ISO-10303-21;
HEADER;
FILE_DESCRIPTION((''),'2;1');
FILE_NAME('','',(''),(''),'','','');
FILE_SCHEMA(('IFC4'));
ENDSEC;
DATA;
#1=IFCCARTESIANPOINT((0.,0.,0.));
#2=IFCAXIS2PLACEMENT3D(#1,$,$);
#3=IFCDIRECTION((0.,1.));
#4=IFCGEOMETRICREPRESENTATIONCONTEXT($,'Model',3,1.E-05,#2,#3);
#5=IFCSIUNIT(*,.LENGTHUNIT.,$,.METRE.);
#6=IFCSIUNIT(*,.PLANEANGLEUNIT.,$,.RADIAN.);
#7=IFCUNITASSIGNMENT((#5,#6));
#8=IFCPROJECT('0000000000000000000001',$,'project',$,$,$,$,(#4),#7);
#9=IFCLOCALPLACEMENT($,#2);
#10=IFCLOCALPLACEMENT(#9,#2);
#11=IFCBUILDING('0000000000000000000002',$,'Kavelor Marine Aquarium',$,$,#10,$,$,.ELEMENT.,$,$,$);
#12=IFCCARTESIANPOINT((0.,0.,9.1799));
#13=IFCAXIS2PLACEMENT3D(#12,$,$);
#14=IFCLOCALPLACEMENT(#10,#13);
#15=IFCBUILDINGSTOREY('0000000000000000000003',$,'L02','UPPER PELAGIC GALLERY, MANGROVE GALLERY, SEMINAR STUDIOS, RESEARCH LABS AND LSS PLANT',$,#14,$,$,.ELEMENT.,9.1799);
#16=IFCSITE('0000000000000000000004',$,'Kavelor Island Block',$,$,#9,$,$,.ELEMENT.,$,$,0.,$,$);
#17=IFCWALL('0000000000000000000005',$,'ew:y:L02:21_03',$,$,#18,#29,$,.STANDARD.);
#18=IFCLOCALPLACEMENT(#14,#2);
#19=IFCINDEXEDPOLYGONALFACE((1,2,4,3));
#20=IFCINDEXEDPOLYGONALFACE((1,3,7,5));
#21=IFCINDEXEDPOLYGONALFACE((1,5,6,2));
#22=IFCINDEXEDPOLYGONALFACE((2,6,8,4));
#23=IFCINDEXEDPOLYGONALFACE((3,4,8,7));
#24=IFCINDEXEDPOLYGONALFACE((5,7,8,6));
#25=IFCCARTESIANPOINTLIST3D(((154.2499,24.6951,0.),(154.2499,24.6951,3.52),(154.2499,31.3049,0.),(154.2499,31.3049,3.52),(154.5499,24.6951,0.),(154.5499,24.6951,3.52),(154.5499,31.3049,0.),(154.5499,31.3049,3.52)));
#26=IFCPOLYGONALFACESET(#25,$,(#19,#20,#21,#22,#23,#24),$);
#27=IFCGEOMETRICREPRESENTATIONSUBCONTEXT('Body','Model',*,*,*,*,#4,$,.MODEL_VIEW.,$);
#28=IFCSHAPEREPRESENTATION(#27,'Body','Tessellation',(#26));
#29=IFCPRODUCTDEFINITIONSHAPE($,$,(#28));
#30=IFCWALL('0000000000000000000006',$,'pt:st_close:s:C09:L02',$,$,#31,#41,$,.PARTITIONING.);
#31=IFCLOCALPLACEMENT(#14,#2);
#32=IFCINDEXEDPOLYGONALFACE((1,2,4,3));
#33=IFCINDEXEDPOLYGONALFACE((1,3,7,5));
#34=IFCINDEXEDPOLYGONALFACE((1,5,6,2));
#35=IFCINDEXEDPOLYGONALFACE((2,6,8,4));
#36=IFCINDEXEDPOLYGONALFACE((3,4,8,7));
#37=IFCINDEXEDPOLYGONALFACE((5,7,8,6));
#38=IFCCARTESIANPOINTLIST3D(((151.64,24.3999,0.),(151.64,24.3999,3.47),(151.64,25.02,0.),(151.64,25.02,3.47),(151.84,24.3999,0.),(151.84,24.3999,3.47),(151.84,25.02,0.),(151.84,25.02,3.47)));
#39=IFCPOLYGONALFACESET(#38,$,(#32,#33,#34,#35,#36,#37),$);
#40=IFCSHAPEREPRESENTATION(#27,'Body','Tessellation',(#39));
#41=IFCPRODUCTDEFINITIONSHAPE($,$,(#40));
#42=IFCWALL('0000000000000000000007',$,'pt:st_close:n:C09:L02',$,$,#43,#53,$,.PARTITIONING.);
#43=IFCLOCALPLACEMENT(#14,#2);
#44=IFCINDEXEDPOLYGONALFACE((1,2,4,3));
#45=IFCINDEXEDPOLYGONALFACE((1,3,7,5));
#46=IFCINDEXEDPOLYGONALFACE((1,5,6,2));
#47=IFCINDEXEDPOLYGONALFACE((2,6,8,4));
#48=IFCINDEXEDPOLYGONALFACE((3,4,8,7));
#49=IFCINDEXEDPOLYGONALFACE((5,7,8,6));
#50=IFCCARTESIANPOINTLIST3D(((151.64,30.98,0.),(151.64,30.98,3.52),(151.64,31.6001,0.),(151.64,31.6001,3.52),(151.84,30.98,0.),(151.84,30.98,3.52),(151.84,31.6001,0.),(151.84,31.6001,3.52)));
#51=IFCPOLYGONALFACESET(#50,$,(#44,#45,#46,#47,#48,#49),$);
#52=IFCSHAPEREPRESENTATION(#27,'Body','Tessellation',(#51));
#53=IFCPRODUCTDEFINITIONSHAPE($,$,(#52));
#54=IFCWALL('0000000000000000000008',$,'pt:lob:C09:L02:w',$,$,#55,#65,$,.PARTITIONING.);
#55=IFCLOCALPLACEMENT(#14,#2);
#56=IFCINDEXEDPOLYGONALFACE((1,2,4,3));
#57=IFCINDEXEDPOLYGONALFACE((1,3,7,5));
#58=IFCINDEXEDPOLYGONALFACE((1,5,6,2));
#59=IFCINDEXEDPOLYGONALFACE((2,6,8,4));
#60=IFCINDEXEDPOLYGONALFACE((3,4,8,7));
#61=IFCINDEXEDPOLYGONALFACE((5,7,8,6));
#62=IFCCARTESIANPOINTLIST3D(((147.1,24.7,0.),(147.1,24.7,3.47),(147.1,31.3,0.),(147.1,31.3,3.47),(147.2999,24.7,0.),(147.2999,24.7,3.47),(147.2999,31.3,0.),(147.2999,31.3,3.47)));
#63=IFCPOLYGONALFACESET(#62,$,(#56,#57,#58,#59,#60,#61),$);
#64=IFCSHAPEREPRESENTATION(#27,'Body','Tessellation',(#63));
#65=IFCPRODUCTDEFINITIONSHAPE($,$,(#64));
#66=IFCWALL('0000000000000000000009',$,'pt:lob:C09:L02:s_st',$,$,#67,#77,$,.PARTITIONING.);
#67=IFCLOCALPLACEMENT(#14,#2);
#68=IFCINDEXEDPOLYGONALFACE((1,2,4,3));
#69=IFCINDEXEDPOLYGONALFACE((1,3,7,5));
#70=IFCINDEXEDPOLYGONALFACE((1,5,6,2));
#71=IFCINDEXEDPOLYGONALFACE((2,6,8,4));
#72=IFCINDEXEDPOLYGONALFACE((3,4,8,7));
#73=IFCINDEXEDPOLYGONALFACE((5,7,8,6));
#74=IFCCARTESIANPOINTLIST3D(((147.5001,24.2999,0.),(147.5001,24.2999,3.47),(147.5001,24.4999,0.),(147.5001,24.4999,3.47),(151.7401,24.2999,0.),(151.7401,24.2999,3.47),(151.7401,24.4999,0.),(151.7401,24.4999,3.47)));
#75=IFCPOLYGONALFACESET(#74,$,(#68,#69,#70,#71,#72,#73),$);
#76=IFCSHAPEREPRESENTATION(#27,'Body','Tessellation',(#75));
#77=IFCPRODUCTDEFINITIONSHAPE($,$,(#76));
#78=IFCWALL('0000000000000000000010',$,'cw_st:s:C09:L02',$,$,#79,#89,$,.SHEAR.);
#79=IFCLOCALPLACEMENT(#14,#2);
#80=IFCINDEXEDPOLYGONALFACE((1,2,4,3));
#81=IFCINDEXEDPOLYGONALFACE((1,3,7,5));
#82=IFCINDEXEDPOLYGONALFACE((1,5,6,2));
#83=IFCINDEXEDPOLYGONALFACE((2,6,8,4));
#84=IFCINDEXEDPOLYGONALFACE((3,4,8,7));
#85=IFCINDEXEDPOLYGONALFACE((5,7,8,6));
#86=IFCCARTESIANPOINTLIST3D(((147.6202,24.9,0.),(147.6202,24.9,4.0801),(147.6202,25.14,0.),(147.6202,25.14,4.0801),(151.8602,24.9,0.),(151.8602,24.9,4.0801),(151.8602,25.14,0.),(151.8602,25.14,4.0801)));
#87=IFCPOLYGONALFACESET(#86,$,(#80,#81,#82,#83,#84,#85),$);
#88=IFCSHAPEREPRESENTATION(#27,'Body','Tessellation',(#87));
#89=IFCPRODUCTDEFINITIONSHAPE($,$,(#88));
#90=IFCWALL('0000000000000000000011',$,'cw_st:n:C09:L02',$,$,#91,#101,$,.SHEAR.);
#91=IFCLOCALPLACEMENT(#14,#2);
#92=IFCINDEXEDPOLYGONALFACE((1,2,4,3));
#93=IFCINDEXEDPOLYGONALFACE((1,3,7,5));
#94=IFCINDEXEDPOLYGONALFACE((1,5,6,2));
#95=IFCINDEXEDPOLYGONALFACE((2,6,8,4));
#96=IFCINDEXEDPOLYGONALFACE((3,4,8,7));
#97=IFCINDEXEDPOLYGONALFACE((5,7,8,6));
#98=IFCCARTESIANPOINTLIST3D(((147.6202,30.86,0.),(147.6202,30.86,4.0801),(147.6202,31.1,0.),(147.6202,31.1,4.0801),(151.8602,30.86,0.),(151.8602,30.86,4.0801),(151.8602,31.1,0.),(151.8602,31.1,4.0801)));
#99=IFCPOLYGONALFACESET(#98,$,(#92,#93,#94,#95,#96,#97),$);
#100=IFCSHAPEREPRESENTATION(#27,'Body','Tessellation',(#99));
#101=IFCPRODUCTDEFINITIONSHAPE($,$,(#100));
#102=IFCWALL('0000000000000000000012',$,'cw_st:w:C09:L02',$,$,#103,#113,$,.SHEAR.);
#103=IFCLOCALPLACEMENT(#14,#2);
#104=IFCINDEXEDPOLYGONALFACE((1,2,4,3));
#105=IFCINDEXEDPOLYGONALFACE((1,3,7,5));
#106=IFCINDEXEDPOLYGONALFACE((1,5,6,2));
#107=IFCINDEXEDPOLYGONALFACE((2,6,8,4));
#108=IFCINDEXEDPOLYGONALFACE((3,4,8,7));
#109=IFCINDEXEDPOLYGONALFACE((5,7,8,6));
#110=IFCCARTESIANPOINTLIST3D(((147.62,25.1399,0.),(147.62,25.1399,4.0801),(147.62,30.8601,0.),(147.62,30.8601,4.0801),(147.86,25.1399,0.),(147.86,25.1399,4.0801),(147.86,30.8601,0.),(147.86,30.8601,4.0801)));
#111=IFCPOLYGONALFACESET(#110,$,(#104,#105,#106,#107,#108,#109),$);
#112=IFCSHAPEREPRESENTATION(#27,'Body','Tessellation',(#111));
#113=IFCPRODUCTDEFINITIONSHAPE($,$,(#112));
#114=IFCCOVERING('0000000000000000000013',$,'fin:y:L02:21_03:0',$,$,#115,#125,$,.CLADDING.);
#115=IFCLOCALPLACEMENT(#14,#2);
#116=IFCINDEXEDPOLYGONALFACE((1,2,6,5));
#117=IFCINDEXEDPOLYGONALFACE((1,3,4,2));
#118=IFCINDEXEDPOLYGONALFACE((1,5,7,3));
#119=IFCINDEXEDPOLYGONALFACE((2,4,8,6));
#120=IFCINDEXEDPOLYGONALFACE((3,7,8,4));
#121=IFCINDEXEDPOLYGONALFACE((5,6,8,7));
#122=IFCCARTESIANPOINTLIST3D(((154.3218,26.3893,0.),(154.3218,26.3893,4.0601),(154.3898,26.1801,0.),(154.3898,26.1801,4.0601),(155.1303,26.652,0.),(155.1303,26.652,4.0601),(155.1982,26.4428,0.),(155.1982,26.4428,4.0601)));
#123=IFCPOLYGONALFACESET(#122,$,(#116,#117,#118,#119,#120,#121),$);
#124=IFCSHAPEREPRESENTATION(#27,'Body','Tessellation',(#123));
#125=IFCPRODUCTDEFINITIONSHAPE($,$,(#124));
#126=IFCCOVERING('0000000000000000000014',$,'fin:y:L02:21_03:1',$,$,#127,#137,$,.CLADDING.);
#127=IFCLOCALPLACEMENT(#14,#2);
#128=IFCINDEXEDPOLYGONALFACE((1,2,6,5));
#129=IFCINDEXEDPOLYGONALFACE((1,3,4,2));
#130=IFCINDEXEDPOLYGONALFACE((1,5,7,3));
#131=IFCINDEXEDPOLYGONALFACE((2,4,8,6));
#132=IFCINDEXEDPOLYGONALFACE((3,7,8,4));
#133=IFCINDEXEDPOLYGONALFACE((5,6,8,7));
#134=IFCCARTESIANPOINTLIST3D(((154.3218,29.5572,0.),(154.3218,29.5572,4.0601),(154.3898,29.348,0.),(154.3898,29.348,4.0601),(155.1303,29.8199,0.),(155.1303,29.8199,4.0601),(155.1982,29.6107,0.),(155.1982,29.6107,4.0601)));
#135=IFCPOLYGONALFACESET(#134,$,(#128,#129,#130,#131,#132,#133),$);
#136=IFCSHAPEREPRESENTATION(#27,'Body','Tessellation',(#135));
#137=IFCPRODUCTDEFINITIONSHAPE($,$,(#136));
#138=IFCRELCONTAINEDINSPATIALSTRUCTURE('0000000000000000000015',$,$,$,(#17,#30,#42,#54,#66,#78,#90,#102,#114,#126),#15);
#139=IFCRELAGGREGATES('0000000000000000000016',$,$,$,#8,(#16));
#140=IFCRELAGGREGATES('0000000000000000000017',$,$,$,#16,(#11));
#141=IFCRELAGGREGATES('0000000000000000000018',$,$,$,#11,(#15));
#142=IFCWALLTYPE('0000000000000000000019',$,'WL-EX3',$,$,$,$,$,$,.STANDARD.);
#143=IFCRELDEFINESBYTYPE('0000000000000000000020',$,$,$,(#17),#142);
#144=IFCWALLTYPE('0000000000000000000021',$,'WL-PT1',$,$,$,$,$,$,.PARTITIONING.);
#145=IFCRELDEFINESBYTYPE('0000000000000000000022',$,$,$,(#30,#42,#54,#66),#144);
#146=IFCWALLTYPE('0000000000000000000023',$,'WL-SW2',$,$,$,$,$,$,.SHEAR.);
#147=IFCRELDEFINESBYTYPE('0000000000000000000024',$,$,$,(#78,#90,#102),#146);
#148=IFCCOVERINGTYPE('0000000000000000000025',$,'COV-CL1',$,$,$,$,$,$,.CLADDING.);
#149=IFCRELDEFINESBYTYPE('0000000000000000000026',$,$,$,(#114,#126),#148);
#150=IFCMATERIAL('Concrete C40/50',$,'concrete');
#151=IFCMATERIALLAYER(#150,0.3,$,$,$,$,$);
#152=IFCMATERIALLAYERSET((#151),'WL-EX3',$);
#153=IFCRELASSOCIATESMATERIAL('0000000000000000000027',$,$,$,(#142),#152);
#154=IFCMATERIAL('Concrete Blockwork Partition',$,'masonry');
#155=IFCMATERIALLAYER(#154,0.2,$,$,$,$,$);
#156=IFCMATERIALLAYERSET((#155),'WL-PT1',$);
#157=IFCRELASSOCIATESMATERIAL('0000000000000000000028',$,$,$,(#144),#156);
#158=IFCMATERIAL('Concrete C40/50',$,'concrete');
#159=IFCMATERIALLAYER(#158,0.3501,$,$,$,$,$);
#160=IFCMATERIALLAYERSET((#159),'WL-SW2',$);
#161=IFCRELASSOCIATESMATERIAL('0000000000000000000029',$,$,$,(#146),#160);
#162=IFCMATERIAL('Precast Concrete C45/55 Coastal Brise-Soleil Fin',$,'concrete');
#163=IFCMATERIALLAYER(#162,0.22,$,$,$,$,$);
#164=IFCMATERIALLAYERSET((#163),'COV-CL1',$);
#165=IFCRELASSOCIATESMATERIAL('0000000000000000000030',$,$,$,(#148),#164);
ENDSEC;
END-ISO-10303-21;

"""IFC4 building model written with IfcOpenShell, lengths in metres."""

from ifc_helpers import new_model, si_unit, direction, frame, frame_2d, origin, origin_2d, place, context, subcontext, project, spatial, rectangle, extrude, material, layer, layer_set, type_object, element, save


model = new_model("IFC4")

# Units and contexts
model_context = context("Model", 3, precision=1e-05, world=origin(), true_north=direction((0.0, 1.0)))
body_context = subcontext(model_context, "Body", "Model", "MODEL_VIEW")
ifc_project = project(units=[si_unit("LENGTHUNIT", "METRE"), si_unit("PLANEANGLEUNIT", "RADIAN")], contexts=[model_context])

# Site, building, storey
site_placement = place(None, origin())
site = spatial("IfcSite", under=ifc_project, at=site_placement, Name="Kavelor Island Block", CompositionType="ELEMENT", RefElevation=0.0)
building_placement = place(site_placement, origin())
building = spatial("IfcBuilding", under=site, at=building_placement, Name="Kavelor Marine Aquarium", CompositionType="ELEMENT")
storey_placement = place(building_placement, frame((0.0, 0.0, 9.1799)))
storey = spatial("IfcBuildingStorey", under=building, at=storey_placement, Name="L02", Description="UPPER PELAGIC GALLERY, MANGROVE GALLERY, SEMINAR STUDIOS, RESEARCH LABS AND LSS PLANT", CompositionType="ELEMENT", Elevation=9.1799)

# Walls
ifc_material_1 = material(Name="Concrete C40/50", Category="concrete")
ifc_layer_1 = layer(ifc_material_1, 0.3)
ifc_layer_set_1 = layer_set([ifc_layer_1], Name="WL-EX3")
wall_type_1 = type_object("IfcWallType", Name="WL-EX3", PredefinedType="STANDARD", material=ifc_layer_set_1)
wall_1_placement = place(storey_placement, frame((154.3999, 31.3049, 0.0), z_axis=(0.0, 0.0, 1.0), x_axis=(0.0, -1.0, 0.0)))
element("IfcWall", 1, at=wall_1_placement, inside=storey, type_object=wall_type_1, Name="ew:y:L02:21_03", PredefinedType="STANDARD", context=body_context, shape_type="SweptSolid", body=[
    extrude(rectangle(XDim=6.6099, YDim=0.3, at=frame_2d((3.3049, 0.0))), origin(), (0.0, 0.0, 1.0), 3.52),
])
ifc_material_2 = material(Name="Concrete Blockwork Partition", Category="masonry")
ifc_layer_2 = layer(ifc_material_2, 0.2)
ifc_layer_set_2 = layer_set([ifc_layer_2], Name="WL-PT1")
wall_type_2 = type_object("IfcWallType", Name="WL-PT1", PredefinedType="PARTITIONING", material=ifc_layer_set_2)
wall_2_placement = place(storey_placement, frame((151.74, 24.3999, 0.0), z_axis=(0.0, 0.0, 1.0), x_axis=(0.0, 1.0, 0.0)))
element("IfcWall", 2, at=wall_2_placement, inside=storey, type_object=wall_type_2, Name="pt:st_close:s:C09:L02", PredefinedType="PARTITIONING", context=body_context, shape_type="SweptSolid", body=[
    extrude(rectangle(XDim=0.6201, YDim=0.2, at=frame_2d((0.3101, 0.0))), origin(), (0.0, 0.0, 1.0), 3.47),
])
wall_3_placement = place(storey_placement, frame((151.74, 30.98, 0.0), z_axis=(0.0, 0.0, 1.0), x_axis=(0.0, 1.0, 0.0)))
element("IfcWall", 3, at=wall_3_placement, inside=storey, type_object=wall_type_2, Name="pt:st_close:n:C09:L02", PredefinedType="PARTITIONING", context=body_context, shape_type="SweptSolid", body=[
    extrude(rectangle(XDim=0.6201, YDim=0.2, at=frame_2d((0.3101, 0.0))), origin(), (0.0, 0.0, 1.0), 3.52),
])
wall_4_placement = place(storey_placement, frame((147.2, 24.7, 0.0), z_axis=(0.0, 0.0, 1.0), x_axis=(0.0, 1.0, 0.0)))
element("IfcWall", 4, at=wall_4_placement, inside=storey, type_object=wall_type_2, Name="pt:lob:C09:L02:w", PredefinedType="PARTITIONING", context=body_context, shape_type="SweptSolid", body=[
    extrude(rectangle(XDim=6.6001, YDim=0.2, at=frame_2d((3.3, 0.0))), origin(), (0.0, 0.0, 1.0), 3.47),
])
wall_5_placement = place(storey_placement, frame((147.5, 24.3999, 0.0), z_axis=(0.0, 0.0, 1.0), x_axis=(1.0, 0.0, 0.0)))
element("IfcWall", 5, at=wall_5_placement, inside=storey, type_object=wall_type_2, Name="pt:lob:C09:L02:s_st", PredefinedType="PARTITIONING", context=body_context, shape_type="SweptSolid", body=[
    extrude(rectangle(XDim=4.24, YDim=0.2, at=frame_2d((2.1201, 0.0))), origin(), (0.0, 0.0, 1.0), 3.47),
])

# Walls
ifc_material_3 = material(Name="Concrete C40/50", Category="concrete")
ifc_layer_3 = layer(ifc_material_3, 0.3501)
ifc_layer_set_3 = layer_set([ifc_layer_3], Name="WL-SW2")
wall_type_3 = type_object("IfcWallType", Name="WL-SW2", PredefinedType="SHEAR", material=ifc_layer_set_3)
for number, where, z_axis, x_axis, name in (
    (6, (147.6201, 25.02, 0.0), (0.0, 0.0, 1.0), (1.0, 0.0, 0.0), "cw_st:s:C09:L02"),
    (7, (147.6201, 30.98, 0.0), (0.0, 0.0, 1.0), (1.0, 0.0, 0.0), "cw_st:n:C09:L02"),
):
    element("IfcWall", number, at=place(storey_placement, frame(where, z_axis=z_axis, x_axis=x_axis)), inside=storey, type_object=wall_type_3, Name=name, PredefinedType="SHEAR", context=body_context, shape_type="SweptSolid", body=[
        extrude(rectangle(XDim=4.24, YDim=0.24, at=frame_2d((2.1201, 0.0))), origin(), (0.0, 0.0, 1.0), 4.0801),
    ])
wall_6_placement = place(storey_placement, frame((147.74, 25.1399, 0.0), z_axis=(0.0, 0.0, 1.0), x_axis=(0.0, 1.0, 0.0)))
element("IfcWall", 8, at=wall_6_placement, inside=storey, type_object=wall_type_3, Name="cw_st:w:C09:L02", PredefinedType="SHEAR", context=body_context, shape_type="SweptSolid", body=[
    extrude(rectangle(XDim=5.7202, YDim=0.24, at=frame_2d((2.8601, 0.0))), origin(), (0.0, 0.0, 1.0), 4.0801),
])

# Coverings
ifc_material_4 = material(Name="Precast Concrete C45/55 Coastal Brise-Soleil Fin", Category="concrete")
ifc_layer_4 = layer(ifc_material_4, 0.22)
ifc_layer_set_4 = layer_set([ifc_layer_4], Name="COV-CL1")
covering_type = type_object("IfcCoveringType", Name="COV-CL1", PredefinedType="CLADDING", material=ifc_layer_set_4)
for number, where, z_axis, x_axis, name in (
    (9, (154.76, 26.416, 0.0), (0.0, 0.0, 1.0), (0.951057, 0.309017, 0.0), "fin:y:L02:21_03:0"),
    (10, (154.76, 29.584, 0.0), (0.0, 0.0, 1.0), (0.951057, 0.309017, 0.0), "fin:y:L02:21_03:1"),
):
    element("IfcCovering", number, at=place(storey_placement, frame(where, z_axis=z_axis, x_axis=x_axis)), inside=storey, type_object=covering_type, Name=name, PredefinedType="CLADDING", context=body_context, shape_type="SweptSolid", body=[
        extrude(rectangle(XDim=0.8501, YDim=0.22, at=origin_2d()), origin(), (0.0, 0.0, 1.0), 4.0601),
    ])

save(model, "model.ifc")
